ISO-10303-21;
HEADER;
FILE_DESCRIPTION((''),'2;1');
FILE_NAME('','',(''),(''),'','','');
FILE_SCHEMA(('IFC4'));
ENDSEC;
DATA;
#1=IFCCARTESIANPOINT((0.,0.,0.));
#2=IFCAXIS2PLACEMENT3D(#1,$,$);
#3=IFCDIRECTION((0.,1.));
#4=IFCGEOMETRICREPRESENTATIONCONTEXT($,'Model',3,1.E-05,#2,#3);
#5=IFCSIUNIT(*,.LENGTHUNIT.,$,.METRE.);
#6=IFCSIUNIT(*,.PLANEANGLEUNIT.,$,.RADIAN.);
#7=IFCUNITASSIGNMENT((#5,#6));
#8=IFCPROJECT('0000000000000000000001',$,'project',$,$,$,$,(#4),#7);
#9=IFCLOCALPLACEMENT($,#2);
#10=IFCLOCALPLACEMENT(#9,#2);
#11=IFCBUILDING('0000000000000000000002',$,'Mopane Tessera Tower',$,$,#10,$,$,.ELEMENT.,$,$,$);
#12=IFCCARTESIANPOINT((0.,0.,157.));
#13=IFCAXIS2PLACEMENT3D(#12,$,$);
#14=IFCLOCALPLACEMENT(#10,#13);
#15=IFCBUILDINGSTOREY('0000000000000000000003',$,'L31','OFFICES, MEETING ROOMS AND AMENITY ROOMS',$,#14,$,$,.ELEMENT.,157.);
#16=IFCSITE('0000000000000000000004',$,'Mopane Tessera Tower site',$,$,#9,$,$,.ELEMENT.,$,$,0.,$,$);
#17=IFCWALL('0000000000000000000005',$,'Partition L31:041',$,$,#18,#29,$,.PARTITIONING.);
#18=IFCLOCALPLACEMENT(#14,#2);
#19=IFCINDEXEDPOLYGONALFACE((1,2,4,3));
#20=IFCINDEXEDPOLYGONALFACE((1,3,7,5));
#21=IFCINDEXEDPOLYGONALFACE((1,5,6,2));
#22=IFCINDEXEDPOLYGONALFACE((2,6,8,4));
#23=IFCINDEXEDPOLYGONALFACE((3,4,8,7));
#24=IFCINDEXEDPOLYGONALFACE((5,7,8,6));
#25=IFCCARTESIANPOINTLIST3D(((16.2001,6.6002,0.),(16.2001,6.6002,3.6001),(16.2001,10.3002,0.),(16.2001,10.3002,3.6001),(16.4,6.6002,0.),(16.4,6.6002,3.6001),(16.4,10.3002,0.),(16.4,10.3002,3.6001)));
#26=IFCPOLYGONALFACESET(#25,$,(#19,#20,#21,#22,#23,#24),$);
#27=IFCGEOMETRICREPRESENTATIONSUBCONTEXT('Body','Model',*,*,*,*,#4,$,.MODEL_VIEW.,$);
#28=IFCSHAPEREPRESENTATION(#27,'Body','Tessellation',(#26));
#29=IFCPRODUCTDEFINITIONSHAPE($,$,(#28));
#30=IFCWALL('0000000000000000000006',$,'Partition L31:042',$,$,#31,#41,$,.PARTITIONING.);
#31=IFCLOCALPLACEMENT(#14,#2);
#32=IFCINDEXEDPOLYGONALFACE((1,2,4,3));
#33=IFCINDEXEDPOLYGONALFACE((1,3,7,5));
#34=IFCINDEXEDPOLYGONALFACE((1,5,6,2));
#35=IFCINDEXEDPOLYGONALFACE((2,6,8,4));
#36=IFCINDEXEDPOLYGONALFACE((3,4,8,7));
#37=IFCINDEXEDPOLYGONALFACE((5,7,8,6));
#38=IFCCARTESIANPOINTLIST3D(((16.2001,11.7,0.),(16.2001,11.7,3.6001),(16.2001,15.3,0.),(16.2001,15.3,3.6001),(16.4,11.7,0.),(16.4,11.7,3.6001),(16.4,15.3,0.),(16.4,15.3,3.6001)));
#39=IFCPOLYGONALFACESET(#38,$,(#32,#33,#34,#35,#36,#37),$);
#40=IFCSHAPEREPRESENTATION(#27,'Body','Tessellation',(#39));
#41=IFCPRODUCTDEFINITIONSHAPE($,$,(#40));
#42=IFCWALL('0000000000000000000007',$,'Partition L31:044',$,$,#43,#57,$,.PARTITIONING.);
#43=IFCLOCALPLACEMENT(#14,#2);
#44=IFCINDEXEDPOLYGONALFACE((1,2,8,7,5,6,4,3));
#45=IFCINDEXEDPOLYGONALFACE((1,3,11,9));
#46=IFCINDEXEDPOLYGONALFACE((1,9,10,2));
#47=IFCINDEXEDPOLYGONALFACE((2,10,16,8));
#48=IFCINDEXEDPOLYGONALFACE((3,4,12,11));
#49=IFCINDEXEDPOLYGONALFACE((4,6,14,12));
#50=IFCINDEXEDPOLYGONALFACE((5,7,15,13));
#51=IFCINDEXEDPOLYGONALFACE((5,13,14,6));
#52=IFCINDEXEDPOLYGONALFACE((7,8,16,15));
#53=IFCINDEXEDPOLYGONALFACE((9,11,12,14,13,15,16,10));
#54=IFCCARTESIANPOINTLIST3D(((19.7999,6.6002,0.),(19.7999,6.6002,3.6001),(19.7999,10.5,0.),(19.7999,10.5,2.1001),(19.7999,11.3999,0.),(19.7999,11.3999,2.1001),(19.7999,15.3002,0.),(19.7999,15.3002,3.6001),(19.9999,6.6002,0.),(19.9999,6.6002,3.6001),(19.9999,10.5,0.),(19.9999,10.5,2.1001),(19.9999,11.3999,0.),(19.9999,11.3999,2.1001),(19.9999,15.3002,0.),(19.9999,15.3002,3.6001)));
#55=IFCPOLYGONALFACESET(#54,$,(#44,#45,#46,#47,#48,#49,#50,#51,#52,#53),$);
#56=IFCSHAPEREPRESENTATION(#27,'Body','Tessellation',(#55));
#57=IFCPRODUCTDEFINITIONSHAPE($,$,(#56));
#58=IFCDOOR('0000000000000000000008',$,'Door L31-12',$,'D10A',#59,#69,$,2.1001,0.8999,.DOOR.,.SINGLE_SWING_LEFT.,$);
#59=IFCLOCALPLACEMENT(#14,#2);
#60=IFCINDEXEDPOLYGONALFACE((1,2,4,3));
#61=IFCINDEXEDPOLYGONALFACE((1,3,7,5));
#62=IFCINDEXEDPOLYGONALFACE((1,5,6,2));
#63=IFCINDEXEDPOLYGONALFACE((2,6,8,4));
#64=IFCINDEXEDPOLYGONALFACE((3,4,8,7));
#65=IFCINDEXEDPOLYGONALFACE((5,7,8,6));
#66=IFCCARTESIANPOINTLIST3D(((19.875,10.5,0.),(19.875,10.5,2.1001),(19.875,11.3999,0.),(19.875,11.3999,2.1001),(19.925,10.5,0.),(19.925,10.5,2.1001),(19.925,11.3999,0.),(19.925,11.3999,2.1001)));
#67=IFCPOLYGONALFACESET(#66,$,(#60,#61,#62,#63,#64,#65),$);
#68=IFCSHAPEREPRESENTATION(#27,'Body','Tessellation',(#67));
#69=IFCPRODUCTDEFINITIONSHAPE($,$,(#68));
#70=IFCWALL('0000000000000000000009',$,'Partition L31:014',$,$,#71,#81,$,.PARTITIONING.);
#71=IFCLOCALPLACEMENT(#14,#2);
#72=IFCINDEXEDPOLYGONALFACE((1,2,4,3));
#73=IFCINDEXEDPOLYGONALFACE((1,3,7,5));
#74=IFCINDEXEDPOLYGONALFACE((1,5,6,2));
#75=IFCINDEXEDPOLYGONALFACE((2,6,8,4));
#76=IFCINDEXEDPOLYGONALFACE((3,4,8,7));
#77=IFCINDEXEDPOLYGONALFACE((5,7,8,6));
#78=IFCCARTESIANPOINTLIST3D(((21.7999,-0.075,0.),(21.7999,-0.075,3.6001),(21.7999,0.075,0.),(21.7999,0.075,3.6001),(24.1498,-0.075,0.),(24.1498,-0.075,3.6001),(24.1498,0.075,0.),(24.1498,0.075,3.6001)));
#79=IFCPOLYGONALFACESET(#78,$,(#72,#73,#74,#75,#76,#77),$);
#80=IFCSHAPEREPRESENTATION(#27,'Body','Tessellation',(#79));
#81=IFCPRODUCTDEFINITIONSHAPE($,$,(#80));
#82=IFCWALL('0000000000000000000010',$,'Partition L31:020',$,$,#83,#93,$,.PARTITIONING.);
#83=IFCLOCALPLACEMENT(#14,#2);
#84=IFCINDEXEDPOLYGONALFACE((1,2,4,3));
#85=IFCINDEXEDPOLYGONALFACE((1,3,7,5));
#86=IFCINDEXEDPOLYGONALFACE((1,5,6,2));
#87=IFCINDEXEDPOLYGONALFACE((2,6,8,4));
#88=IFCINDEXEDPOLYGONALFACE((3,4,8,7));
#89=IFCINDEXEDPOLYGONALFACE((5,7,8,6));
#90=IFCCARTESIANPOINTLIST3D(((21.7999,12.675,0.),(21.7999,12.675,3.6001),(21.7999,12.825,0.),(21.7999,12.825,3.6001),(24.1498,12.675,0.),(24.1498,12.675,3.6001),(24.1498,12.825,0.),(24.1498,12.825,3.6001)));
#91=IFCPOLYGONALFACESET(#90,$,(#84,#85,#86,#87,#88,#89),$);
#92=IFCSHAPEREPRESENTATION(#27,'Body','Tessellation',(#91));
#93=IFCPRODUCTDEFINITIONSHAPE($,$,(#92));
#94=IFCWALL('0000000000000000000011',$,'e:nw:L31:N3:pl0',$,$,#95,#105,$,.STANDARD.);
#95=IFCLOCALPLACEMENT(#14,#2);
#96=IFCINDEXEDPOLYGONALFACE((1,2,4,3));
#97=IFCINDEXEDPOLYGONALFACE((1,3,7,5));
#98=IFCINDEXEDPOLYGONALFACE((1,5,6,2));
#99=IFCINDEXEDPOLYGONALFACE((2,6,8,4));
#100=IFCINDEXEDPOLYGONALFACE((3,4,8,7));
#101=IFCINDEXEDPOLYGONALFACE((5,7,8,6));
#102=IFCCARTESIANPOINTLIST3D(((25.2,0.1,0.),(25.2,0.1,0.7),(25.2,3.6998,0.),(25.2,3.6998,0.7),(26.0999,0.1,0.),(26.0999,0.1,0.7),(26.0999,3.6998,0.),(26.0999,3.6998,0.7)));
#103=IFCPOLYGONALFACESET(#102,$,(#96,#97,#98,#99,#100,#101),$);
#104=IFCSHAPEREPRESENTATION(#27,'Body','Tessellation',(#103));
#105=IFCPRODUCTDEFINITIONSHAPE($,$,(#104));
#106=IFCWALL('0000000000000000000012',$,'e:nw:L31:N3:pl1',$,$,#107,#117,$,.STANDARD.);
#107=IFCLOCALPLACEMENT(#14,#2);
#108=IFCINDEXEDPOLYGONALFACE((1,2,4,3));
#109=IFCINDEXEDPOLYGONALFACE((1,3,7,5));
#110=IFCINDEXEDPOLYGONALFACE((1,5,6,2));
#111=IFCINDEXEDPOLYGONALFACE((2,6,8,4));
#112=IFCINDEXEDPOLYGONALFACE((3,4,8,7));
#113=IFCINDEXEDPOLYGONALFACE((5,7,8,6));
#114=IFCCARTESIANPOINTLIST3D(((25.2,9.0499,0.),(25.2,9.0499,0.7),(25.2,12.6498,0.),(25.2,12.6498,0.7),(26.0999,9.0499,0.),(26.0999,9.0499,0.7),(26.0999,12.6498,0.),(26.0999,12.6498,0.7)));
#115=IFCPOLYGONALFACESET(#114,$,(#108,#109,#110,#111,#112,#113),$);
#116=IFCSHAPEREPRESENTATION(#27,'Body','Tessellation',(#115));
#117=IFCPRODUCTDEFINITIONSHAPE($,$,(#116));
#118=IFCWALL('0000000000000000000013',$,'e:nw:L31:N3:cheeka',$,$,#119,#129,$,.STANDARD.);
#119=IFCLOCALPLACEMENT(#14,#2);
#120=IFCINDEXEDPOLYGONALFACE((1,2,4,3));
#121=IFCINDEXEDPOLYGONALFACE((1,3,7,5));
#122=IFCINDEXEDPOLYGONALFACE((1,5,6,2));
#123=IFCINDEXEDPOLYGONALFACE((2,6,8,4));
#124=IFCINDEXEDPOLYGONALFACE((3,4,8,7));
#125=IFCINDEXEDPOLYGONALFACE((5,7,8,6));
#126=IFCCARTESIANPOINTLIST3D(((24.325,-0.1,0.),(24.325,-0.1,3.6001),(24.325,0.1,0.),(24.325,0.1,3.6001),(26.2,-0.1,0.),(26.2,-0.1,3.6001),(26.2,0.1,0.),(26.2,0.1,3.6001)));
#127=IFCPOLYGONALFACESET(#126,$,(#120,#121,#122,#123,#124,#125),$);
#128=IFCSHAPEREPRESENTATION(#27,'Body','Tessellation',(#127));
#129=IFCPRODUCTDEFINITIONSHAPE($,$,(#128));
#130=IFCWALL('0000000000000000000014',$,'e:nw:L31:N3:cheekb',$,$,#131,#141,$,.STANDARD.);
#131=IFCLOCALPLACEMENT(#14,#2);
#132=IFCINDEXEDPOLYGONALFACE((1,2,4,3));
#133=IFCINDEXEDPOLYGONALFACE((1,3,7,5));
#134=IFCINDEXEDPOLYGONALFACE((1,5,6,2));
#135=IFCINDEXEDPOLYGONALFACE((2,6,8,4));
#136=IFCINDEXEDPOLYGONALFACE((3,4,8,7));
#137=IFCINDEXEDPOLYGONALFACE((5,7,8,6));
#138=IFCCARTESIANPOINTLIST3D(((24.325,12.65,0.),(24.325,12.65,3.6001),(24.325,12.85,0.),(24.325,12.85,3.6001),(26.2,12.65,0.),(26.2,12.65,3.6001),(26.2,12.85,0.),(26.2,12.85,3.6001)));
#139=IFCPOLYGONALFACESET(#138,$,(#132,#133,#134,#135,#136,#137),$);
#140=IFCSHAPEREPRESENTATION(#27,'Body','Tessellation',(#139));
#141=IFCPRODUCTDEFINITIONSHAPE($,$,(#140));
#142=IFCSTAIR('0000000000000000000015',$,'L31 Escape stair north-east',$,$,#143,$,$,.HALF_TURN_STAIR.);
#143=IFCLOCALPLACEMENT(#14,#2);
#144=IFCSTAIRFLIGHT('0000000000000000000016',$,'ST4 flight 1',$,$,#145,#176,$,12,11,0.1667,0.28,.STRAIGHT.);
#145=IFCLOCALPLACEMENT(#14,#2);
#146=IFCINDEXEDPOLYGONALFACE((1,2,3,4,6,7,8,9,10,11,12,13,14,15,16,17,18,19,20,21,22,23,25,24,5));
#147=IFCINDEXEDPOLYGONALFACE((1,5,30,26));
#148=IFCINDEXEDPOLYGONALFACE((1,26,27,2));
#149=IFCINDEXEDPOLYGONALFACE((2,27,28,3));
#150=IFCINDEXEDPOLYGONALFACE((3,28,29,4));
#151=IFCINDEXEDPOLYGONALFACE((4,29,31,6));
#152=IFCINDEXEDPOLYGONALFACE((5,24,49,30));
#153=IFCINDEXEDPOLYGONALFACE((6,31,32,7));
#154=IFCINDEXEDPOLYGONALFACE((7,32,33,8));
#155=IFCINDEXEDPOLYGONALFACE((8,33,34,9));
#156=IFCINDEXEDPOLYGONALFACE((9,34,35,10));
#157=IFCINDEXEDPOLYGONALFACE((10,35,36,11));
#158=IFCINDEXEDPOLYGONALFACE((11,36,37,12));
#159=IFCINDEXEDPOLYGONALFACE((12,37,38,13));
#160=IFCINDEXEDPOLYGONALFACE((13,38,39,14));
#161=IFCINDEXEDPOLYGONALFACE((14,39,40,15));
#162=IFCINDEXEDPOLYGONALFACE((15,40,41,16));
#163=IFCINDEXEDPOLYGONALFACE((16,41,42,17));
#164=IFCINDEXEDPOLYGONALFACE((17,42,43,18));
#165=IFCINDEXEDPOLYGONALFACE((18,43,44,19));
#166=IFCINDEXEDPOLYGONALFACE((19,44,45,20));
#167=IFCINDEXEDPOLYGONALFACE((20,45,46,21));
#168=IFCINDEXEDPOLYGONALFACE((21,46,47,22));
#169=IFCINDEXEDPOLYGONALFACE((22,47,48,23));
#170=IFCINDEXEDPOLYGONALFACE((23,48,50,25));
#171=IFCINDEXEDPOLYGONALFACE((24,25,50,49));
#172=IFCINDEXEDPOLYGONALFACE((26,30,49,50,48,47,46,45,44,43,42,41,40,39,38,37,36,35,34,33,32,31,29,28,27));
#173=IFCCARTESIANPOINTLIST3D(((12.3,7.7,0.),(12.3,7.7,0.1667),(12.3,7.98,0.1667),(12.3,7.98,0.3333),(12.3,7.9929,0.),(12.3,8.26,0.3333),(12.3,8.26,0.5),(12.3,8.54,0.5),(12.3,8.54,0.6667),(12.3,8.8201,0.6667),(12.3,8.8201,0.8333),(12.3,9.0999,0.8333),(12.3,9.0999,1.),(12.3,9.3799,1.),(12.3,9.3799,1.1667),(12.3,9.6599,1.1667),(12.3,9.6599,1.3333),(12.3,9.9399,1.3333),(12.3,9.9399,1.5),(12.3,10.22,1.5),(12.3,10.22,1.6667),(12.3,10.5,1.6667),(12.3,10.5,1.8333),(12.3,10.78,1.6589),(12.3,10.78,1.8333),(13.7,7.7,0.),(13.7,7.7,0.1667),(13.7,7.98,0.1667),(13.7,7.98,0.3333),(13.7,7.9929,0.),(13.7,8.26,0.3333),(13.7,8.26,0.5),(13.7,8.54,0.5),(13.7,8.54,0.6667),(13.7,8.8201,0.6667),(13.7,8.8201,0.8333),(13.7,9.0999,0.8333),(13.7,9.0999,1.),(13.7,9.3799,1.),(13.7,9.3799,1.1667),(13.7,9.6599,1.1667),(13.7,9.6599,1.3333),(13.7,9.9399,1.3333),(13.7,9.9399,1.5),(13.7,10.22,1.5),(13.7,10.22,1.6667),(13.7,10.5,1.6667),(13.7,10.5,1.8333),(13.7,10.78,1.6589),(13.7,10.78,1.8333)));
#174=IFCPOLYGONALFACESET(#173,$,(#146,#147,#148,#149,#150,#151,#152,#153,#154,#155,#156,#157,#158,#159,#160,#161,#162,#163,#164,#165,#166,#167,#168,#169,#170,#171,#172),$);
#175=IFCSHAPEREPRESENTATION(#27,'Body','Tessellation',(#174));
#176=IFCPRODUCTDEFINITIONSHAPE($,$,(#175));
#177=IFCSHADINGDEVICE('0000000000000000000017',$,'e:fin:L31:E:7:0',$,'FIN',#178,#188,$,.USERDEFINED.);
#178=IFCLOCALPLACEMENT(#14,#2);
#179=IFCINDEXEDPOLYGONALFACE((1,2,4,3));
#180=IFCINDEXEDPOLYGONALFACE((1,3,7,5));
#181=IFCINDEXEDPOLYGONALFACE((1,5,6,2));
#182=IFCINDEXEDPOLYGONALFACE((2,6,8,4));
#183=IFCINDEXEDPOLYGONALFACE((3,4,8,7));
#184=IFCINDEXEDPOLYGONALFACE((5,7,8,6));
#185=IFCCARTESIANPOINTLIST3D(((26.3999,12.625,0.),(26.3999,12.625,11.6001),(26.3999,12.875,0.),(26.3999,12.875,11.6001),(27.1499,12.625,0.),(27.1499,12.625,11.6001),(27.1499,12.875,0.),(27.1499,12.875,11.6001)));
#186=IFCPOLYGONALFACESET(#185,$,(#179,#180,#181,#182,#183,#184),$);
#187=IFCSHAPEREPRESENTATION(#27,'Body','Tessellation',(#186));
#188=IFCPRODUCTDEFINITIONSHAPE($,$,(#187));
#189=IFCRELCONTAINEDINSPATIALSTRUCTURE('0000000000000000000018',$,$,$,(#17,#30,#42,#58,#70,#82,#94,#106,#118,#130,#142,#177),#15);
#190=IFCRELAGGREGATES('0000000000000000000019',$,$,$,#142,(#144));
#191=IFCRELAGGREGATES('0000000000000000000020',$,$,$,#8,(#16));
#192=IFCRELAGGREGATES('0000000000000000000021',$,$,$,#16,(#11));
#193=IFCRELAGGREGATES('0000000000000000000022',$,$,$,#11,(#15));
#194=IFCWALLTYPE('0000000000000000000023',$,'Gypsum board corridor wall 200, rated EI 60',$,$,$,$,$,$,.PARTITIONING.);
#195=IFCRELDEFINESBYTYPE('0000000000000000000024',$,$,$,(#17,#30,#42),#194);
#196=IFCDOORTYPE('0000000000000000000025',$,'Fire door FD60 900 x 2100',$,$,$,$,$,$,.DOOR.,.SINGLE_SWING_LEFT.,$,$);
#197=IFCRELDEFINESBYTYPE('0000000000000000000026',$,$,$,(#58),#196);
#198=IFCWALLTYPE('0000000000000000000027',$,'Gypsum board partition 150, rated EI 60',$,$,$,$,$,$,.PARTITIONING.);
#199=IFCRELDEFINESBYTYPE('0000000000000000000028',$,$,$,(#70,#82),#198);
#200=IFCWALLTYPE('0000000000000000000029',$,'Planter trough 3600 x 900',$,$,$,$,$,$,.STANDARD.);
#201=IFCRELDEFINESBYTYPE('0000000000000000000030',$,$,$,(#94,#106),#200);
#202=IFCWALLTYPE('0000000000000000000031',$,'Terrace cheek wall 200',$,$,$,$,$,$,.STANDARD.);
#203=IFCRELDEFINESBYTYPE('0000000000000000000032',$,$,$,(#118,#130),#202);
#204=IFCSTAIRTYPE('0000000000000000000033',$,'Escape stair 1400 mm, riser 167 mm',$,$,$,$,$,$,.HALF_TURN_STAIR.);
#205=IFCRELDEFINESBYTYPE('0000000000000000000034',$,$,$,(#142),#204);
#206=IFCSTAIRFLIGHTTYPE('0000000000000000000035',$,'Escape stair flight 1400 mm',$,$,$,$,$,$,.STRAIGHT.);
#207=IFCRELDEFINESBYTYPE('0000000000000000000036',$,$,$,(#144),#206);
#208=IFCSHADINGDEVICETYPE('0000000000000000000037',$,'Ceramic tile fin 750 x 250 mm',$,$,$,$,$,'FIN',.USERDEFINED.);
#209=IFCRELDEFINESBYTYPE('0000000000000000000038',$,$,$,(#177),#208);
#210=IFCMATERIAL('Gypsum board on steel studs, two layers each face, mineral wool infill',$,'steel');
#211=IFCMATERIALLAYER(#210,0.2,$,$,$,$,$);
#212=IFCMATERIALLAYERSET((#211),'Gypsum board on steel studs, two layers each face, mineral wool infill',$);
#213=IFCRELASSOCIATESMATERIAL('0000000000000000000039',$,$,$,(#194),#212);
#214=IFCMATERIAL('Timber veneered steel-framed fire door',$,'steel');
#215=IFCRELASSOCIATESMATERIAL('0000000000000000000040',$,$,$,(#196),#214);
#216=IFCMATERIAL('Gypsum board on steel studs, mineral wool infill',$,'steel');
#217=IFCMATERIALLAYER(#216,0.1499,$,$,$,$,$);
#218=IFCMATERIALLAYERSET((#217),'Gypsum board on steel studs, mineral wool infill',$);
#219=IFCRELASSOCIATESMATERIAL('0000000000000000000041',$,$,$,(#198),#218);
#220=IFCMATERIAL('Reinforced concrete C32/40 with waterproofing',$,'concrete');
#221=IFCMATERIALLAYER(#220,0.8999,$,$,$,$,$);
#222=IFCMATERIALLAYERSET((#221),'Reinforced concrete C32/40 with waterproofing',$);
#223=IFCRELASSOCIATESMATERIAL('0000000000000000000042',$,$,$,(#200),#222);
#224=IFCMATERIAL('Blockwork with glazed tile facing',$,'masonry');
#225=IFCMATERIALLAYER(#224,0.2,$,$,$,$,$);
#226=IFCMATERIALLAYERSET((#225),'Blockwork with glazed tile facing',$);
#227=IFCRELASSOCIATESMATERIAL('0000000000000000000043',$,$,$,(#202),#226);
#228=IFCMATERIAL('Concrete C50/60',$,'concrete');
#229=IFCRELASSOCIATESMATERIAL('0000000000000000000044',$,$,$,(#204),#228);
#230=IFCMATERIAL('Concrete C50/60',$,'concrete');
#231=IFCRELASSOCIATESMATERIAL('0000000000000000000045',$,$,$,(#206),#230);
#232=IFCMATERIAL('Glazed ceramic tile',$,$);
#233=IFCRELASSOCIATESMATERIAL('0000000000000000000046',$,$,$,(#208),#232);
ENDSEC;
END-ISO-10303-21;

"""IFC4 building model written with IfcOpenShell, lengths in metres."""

from ifc_helpers import new_model, si_unit, direction, frame, frame_2d, origin, origin_2d, place, context, subcontext, project, spatial, polyline, rectangle, outline, extrude, material, layer, layer_set, type_object, element, fill, aggregate, save


model = new_model("IFC4")

# Units and contexts
model_context = context("Model", 3, precision=1e-05, world=origin(), true_north=direction((0.0, 1.0)))
body_context = subcontext(model_context, "Body", "Model", "MODEL_VIEW")
ifc_project = project(units=[si_unit("LENGTHUNIT", "METRE"), si_unit("PLANEANGLEUNIT", "RADIAN")], contexts=[model_context])

# Site, building, storey
site_placement = place(None, origin())
site = spatial("IfcSite", under=ifc_project, at=site_placement, Name="Mopane Tessera Tower site", CompositionType="ELEMENT", RefElevation=0.0)
building_placement = place(site_placement, origin())
building = spatial("IfcBuilding", under=site, at=building_placement, Name="Mopane Tessera Tower", CompositionType="ELEMENT")
storey_placement = place(building_placement, frame((0.0, 0.0, 157.0)))
storey = spatial("IfcBuildingStorey", under=building, at=storey_placement, Name="L31", Description="OFFICES, MEETING ROOMS AND AMENITY ROOMS", CompositionType="ELEMENT", Elevation=157.0)

# Walls
ifc_material_1 = material(Name="Gypsum board on steel studs, two layers each face, mineral wool infill", Category="steel")
ifc_layer_1 = layer(ifc_material_1, 0.2)
ifc_layer_set_1 = layer_set([ifc_layer_1], Name="Gypsum board on steel studs, two layers each face, mineral wool infill")
wall_type_1 = type_object("IfcWallType", Name="Gypsum board corridor wall 200, rated EI 60", PredefinedType="PARTITIONING", material=ifc_layer_set_1)
wall_1_placement = place(storey_placement, frame((16.3, 6.6001, 0.0), z_axis=(0.0, 0.0, 1.0), x_axis=(0.0, 1.0, 0.0)))
element("IfcWall", 1, at=wall_1_placement, inside=storey, type_object=wall_type_1, Name="Partition L31:041", PredefinedType="PARTITIONING", context=body_context, shape_type="SweptSolid", body=[
    extrude(rectangle(XDim=3.7, YDim=0.2, at=frame_2d((1.8501, 0.0))), origin(), (0.0, 0.0, 1.0), 3.6001),
])
wall_2_placement = place(storey_placement, frame((16.3, 11.7, 0.0), z_axis=(0.0, 0.0, 1.0), x_axis=(0.0, 1.0, 0.0)))
element("IfcWall", 2, at=wall_2_placement, inside=storey, type_object=wall_type_1, Name="Partition L31:042", PredefinedType="PARTITIONING", context=body_context, shape_type="SweptSolid", body=[
    extrude(rectangle(XDim=3.6001, YDim=0.2, at=frame_2d((1.8, 0.0))), origin(), (0.0, 0.0, 1.0), 3.6001),
])

# Wall, opening, door
wall_3_placement = place(storey_placement, frame((19.8999, 6.6001, 0.0), z_axis=(0.0, 0.0, 1.0), x_axis=(0.0, 1.0, 0.0)))
wall_3 = element("IfcWall", 3, at=wall_3_placement, inside=storey, type_object=wall_type_1, Name="Partition L31:044", PredefinedType="PARTITIONING", context=body_context, shape_type="SweptSolid", body=[
    extrude(rectangle(XDim=8.7, YDim=0.2, at=frame_2d((4.3501, 0.0))), origin(), (0.0, 0.0, 1.0), 3.6001),
])
opening_placement = place(wall_3_placement, frame((3.8999, 0.0, 0.0)))
opening = element("IfcOpeningElement", 4, at=opening_placement, cuts=wall_3, PredefinedType="OPENING", context=body_context, shape_type="SweptSolid", body=[
    extrude(rectangle(XDim=0.8999, YDim=2.1001, at=frame_2d((0.45, 1.05))), frame((0.0, 0.1121, 0.0), z_axis=(0.0, -1.0, 0.0), x_axis=(1.0, 0.0, 0.0)), (0.0, 0.0, 1.0), 0.2239),
])
ifc_material_2 = material(Name="Timber veneered steel-framed fire door", Category="steel")
door_type = type_object("IfcDoorType", Name="Fire door FD60 900 x 2100", OperationType="SINGLE_SWING_LEFT", PredefinedType="DOOR", material=ifc_material_2)
door_placement = place(opening_placement, origin())
door = element("IfcDoor", 5, at=door_placement, inside=storey, type_object=door_type, Name="Door L31-12", ObjectType="D10A", OperationType="SINGLE_SWING_LEFT", OverallHeight=2.1001, OverallWidth=0.8999, PredefinedType="DOOR", context=body_context, shape_type="SweptSolid", body=[
    extrude(rectangle(XDim=0.8999, YDim=2.1001, at=frame_2d((0.45, 1.05))), frame((0.0, 0.0249, 0.0), z_axis=(0.0, -1.0, 0.0), x_axis=(1.0, 0.0, 0.0)), (0.0, 0.0, 1.0), 0.05),
])
fill(opening, door)

# Walls
ifc_material_3 = material(Name="Gypsum board on steel studs, mineral wool infill", Category="steel")
ifc_layer_2 = layer(ifc_material_3, 0.1499)
ifc_layer_set_2 = layer_set([ifc_layer_2], Name="Gypsum board on steel studs, mineral wool infill")
wall_type_2 = type_object("IfcWallType", Name="Gypsum board partition 150, rated EI 60", PredefinedType="PARTITIONING", material=ifc_layer_set_2)
for number, where, z_axis, x_axis, name in (
    (6, (21.8, 0.0, 0.0), (0.0, 0.0, 1.0), (1.0, 0.0, 0.0), "Partition L31:014"),
    (7, (21.8, 12.75, 0.0), (0.0, 0.0, 1.0), (1.0, 0.0, 0.0), "Partition L31:020"),
):
    element("IfcWall", number, at=place(storey_placement, frame(where, z_axis=z_axis, x_axis=x_axis)), inside=storey, type_object=wall_type_2, Name=name, PredefinedType="PARTITIONING", context=body_context, shape_type="SweptSolid", body=[
        extrude(rectangle(XDim=2.3499, YDim=0.1499, at=frame_2d((1.1748, 0.0))), origin(), (0.0, 0.0, 1.0), 3.6001),
    ])
ifc_material_4 = material(Name="Reinforced concrete C32/40 with waterproofing", Category="concrete")
ifc_layer_3 = layer(ifc_material_4, 0.8999)
ifc_layer_set_3 = layer_set([ifc_layer_3], Name="Reinforced concrete C32/40 with waterproofing")
wall_type_3 = type_object("IfcWallType", Name="Planter trough 3600 x 900", PredefinedType="STANDARD", material=ifc_layer_set_3)
for number, where, z_axis, x_axis, name in (
    (8, (25.6499, 0.1001, 0.0), (0.0, 0.0, 1.0), (0.0, 1.0, 0.0), "e:nw:L31:N3:pl0"),
    (9, (25.6499, 9.05, 0.0), (0.0, 0.0, 1.0), (0.0, 1.0, 0.0), "e:nw:L31:N3:pl1"),
):
    element("IfcWall", number, at=place(storey_placement, frame(where, z_axis=z_axis, x_axis=x_axis)), inside=storey, type_object=wall_type_3, Name=name, PredefinedType="STANDARD", context=body_context, shape_type="SweptSolid", body=[
        extrude(rectangle(XDim=3.5999, YDim=0.8999, at=frame_2d((1.7998, 0.0))), origin(), (0.0, 0.0, 1.0), 0.7),
    ])
ifc_material_5 = material(Name="Blockwork with glazed tile facing", Category="masonry")
ifc_layer_4 = layer(ifc_material_5, 0.2)
ifc_layer_set_4 = layer_set([ifc_layer_4], Name="Blockwork with glazed tile facing")
wall_type_4 = type_object("IfcWallType", Name="Terrace cheek wall 200", PredefinedType="STANDARD", material=ifc_layer_set_4)
for number, where, z_axis, x_axis, name in (
    (10, (26.2, 0.0, 0.0), (0.0, 0.0, 1.0), (-1.0, 0.0, 0.0), "e:nw:L31:N3:cheeka"),
    (11, (26.2, 12.75, 0.0), (0.0, 0.0, 1.0), (-1.0, 0.0, 0.0), "e:nw:L31:N3:cheekb"),
):
    element("IfcWall", number, at=place(storey_placement, frame(where, z_axis=z_axis, x_axis=x_axis)), inside=storey, type_object=wall_type_4, Name=name, PredefinedType="STANDARD", context=body_context, shape_type="SweptSolid", body=[
        extrude(rectangle(XDim=1.875, YDim=0.2, at=frame_2d((0.9375, 0.0))), origin(), (0.0, 0.0, 1.0), 3.6001),
    ])

# Stair, stair flight
ifc_material_6 = material(Name="Concrete C50/60", Category="concrete")
stair_type = type_object("IfcStairType", Name="Escape stair 1400 mm, riser 167 mm", PredefinedType="HALF_TURN_STAIR", material=ifc_material_6)
stair_placement = place(storey_placement, origin())
stair = element("IfcStair", 12, at=stair_placement, inside=storey, type_object=stair_type, Name="L31 Escape stair north-east", PredefinedType="HALF_TURN_STAIR")
ifc_material_7 = material(Name="Concrete C50/60", Category="concrete")
stair_flight_type = type_object("IfcStairFlightType", Name="Escape stair flight 1400 mm", PredefinedType="STRAIGHT", material=ifc_material_7)
stair_flight_placement = place(storey_placement, frame((13.0, 7.7, 0.0), z_axis=(0.0, 0.0, 1.0), x_axis=(0.0, 1.0, 0.0)))
stair_flight = element("IfcStairFlight", 13, at=stair_flight_placement, type_object=stair_flight_type, Name="ST4 flight 1", NumberOfRisers=12, NumberOfTreads=11, PredefinedType="STRAIGHT", RiserHeight=0.1667, TreadLength=0.28, context=body_context, shape_type="SweptSolid", body=[
    extrude(outline(polyline([(0.0, 0.0), (0.0, 0.1667), (0.28, 0.1667), (0.28, 0.3333), (0.5601, 0.3333), (0.5601, 0.5), (0.8401, 0.5), (0.8401, 0.6667), (1.1201, 0.6667), (1.1201, 0.8333), (1.3999, 0.8333), (1.3999, 1.0), (1.6799, 1.0), (1.6799, 1.1667), (1.96, 1.1667), (1.96, 1.3333), (2.24, 1.3333), (2.24, 1.5), (2.52, 1.5), (2.52, 1.6667), (2.8, 1.6667), (2.8, 1.8333), (3.0801, 1.8333), (3.0801, 2.0), (3.0801, 1.6589), (0.293, 0.0), (0.0, 0.0)])), frame((0.0, 0.7, 0.0), z_axis=(0.0, -1.0, 0.0), x_axis=(1.0, 0.0, 0.0)), (0.0, 0.0, 1.0), 1.3999),
])
aggregate(stair, [stair_flight])

# Shading device
ifc_material_8 = material(Name="Glazed ceramic tile")
shading_device_type = type_object("IfcShadingDeviceType", Name="Ceramic tile fin 750 x 250 mm", ElementType="FIN", PredefinedType="USERDEFINED", material=ifc_material_8)
shading_device_placement = place(storey_placement, frame((26.7749, 12.75, 0.0), z_axis=(0.0, 0.0, 1.0), x_axis=(0.0, 1.0, 0.0)))
element("IfcShadingDevice", 14, at=shading_device_placement, inside=storey, type_object=shading_device_type, Name="e:fin:L31:E:7:0", ObjectType="FIN", PredefinedType="USERDEFINED", context=body_context, shape_type="SweptSolid", body=[
    extrude(rectangle(XDim=0.25, YDim=0.75, at=origin_2d()), origin(), (0.0, 0.0, 1.0), 11.6001),
])

save(model, "model.ifc")
